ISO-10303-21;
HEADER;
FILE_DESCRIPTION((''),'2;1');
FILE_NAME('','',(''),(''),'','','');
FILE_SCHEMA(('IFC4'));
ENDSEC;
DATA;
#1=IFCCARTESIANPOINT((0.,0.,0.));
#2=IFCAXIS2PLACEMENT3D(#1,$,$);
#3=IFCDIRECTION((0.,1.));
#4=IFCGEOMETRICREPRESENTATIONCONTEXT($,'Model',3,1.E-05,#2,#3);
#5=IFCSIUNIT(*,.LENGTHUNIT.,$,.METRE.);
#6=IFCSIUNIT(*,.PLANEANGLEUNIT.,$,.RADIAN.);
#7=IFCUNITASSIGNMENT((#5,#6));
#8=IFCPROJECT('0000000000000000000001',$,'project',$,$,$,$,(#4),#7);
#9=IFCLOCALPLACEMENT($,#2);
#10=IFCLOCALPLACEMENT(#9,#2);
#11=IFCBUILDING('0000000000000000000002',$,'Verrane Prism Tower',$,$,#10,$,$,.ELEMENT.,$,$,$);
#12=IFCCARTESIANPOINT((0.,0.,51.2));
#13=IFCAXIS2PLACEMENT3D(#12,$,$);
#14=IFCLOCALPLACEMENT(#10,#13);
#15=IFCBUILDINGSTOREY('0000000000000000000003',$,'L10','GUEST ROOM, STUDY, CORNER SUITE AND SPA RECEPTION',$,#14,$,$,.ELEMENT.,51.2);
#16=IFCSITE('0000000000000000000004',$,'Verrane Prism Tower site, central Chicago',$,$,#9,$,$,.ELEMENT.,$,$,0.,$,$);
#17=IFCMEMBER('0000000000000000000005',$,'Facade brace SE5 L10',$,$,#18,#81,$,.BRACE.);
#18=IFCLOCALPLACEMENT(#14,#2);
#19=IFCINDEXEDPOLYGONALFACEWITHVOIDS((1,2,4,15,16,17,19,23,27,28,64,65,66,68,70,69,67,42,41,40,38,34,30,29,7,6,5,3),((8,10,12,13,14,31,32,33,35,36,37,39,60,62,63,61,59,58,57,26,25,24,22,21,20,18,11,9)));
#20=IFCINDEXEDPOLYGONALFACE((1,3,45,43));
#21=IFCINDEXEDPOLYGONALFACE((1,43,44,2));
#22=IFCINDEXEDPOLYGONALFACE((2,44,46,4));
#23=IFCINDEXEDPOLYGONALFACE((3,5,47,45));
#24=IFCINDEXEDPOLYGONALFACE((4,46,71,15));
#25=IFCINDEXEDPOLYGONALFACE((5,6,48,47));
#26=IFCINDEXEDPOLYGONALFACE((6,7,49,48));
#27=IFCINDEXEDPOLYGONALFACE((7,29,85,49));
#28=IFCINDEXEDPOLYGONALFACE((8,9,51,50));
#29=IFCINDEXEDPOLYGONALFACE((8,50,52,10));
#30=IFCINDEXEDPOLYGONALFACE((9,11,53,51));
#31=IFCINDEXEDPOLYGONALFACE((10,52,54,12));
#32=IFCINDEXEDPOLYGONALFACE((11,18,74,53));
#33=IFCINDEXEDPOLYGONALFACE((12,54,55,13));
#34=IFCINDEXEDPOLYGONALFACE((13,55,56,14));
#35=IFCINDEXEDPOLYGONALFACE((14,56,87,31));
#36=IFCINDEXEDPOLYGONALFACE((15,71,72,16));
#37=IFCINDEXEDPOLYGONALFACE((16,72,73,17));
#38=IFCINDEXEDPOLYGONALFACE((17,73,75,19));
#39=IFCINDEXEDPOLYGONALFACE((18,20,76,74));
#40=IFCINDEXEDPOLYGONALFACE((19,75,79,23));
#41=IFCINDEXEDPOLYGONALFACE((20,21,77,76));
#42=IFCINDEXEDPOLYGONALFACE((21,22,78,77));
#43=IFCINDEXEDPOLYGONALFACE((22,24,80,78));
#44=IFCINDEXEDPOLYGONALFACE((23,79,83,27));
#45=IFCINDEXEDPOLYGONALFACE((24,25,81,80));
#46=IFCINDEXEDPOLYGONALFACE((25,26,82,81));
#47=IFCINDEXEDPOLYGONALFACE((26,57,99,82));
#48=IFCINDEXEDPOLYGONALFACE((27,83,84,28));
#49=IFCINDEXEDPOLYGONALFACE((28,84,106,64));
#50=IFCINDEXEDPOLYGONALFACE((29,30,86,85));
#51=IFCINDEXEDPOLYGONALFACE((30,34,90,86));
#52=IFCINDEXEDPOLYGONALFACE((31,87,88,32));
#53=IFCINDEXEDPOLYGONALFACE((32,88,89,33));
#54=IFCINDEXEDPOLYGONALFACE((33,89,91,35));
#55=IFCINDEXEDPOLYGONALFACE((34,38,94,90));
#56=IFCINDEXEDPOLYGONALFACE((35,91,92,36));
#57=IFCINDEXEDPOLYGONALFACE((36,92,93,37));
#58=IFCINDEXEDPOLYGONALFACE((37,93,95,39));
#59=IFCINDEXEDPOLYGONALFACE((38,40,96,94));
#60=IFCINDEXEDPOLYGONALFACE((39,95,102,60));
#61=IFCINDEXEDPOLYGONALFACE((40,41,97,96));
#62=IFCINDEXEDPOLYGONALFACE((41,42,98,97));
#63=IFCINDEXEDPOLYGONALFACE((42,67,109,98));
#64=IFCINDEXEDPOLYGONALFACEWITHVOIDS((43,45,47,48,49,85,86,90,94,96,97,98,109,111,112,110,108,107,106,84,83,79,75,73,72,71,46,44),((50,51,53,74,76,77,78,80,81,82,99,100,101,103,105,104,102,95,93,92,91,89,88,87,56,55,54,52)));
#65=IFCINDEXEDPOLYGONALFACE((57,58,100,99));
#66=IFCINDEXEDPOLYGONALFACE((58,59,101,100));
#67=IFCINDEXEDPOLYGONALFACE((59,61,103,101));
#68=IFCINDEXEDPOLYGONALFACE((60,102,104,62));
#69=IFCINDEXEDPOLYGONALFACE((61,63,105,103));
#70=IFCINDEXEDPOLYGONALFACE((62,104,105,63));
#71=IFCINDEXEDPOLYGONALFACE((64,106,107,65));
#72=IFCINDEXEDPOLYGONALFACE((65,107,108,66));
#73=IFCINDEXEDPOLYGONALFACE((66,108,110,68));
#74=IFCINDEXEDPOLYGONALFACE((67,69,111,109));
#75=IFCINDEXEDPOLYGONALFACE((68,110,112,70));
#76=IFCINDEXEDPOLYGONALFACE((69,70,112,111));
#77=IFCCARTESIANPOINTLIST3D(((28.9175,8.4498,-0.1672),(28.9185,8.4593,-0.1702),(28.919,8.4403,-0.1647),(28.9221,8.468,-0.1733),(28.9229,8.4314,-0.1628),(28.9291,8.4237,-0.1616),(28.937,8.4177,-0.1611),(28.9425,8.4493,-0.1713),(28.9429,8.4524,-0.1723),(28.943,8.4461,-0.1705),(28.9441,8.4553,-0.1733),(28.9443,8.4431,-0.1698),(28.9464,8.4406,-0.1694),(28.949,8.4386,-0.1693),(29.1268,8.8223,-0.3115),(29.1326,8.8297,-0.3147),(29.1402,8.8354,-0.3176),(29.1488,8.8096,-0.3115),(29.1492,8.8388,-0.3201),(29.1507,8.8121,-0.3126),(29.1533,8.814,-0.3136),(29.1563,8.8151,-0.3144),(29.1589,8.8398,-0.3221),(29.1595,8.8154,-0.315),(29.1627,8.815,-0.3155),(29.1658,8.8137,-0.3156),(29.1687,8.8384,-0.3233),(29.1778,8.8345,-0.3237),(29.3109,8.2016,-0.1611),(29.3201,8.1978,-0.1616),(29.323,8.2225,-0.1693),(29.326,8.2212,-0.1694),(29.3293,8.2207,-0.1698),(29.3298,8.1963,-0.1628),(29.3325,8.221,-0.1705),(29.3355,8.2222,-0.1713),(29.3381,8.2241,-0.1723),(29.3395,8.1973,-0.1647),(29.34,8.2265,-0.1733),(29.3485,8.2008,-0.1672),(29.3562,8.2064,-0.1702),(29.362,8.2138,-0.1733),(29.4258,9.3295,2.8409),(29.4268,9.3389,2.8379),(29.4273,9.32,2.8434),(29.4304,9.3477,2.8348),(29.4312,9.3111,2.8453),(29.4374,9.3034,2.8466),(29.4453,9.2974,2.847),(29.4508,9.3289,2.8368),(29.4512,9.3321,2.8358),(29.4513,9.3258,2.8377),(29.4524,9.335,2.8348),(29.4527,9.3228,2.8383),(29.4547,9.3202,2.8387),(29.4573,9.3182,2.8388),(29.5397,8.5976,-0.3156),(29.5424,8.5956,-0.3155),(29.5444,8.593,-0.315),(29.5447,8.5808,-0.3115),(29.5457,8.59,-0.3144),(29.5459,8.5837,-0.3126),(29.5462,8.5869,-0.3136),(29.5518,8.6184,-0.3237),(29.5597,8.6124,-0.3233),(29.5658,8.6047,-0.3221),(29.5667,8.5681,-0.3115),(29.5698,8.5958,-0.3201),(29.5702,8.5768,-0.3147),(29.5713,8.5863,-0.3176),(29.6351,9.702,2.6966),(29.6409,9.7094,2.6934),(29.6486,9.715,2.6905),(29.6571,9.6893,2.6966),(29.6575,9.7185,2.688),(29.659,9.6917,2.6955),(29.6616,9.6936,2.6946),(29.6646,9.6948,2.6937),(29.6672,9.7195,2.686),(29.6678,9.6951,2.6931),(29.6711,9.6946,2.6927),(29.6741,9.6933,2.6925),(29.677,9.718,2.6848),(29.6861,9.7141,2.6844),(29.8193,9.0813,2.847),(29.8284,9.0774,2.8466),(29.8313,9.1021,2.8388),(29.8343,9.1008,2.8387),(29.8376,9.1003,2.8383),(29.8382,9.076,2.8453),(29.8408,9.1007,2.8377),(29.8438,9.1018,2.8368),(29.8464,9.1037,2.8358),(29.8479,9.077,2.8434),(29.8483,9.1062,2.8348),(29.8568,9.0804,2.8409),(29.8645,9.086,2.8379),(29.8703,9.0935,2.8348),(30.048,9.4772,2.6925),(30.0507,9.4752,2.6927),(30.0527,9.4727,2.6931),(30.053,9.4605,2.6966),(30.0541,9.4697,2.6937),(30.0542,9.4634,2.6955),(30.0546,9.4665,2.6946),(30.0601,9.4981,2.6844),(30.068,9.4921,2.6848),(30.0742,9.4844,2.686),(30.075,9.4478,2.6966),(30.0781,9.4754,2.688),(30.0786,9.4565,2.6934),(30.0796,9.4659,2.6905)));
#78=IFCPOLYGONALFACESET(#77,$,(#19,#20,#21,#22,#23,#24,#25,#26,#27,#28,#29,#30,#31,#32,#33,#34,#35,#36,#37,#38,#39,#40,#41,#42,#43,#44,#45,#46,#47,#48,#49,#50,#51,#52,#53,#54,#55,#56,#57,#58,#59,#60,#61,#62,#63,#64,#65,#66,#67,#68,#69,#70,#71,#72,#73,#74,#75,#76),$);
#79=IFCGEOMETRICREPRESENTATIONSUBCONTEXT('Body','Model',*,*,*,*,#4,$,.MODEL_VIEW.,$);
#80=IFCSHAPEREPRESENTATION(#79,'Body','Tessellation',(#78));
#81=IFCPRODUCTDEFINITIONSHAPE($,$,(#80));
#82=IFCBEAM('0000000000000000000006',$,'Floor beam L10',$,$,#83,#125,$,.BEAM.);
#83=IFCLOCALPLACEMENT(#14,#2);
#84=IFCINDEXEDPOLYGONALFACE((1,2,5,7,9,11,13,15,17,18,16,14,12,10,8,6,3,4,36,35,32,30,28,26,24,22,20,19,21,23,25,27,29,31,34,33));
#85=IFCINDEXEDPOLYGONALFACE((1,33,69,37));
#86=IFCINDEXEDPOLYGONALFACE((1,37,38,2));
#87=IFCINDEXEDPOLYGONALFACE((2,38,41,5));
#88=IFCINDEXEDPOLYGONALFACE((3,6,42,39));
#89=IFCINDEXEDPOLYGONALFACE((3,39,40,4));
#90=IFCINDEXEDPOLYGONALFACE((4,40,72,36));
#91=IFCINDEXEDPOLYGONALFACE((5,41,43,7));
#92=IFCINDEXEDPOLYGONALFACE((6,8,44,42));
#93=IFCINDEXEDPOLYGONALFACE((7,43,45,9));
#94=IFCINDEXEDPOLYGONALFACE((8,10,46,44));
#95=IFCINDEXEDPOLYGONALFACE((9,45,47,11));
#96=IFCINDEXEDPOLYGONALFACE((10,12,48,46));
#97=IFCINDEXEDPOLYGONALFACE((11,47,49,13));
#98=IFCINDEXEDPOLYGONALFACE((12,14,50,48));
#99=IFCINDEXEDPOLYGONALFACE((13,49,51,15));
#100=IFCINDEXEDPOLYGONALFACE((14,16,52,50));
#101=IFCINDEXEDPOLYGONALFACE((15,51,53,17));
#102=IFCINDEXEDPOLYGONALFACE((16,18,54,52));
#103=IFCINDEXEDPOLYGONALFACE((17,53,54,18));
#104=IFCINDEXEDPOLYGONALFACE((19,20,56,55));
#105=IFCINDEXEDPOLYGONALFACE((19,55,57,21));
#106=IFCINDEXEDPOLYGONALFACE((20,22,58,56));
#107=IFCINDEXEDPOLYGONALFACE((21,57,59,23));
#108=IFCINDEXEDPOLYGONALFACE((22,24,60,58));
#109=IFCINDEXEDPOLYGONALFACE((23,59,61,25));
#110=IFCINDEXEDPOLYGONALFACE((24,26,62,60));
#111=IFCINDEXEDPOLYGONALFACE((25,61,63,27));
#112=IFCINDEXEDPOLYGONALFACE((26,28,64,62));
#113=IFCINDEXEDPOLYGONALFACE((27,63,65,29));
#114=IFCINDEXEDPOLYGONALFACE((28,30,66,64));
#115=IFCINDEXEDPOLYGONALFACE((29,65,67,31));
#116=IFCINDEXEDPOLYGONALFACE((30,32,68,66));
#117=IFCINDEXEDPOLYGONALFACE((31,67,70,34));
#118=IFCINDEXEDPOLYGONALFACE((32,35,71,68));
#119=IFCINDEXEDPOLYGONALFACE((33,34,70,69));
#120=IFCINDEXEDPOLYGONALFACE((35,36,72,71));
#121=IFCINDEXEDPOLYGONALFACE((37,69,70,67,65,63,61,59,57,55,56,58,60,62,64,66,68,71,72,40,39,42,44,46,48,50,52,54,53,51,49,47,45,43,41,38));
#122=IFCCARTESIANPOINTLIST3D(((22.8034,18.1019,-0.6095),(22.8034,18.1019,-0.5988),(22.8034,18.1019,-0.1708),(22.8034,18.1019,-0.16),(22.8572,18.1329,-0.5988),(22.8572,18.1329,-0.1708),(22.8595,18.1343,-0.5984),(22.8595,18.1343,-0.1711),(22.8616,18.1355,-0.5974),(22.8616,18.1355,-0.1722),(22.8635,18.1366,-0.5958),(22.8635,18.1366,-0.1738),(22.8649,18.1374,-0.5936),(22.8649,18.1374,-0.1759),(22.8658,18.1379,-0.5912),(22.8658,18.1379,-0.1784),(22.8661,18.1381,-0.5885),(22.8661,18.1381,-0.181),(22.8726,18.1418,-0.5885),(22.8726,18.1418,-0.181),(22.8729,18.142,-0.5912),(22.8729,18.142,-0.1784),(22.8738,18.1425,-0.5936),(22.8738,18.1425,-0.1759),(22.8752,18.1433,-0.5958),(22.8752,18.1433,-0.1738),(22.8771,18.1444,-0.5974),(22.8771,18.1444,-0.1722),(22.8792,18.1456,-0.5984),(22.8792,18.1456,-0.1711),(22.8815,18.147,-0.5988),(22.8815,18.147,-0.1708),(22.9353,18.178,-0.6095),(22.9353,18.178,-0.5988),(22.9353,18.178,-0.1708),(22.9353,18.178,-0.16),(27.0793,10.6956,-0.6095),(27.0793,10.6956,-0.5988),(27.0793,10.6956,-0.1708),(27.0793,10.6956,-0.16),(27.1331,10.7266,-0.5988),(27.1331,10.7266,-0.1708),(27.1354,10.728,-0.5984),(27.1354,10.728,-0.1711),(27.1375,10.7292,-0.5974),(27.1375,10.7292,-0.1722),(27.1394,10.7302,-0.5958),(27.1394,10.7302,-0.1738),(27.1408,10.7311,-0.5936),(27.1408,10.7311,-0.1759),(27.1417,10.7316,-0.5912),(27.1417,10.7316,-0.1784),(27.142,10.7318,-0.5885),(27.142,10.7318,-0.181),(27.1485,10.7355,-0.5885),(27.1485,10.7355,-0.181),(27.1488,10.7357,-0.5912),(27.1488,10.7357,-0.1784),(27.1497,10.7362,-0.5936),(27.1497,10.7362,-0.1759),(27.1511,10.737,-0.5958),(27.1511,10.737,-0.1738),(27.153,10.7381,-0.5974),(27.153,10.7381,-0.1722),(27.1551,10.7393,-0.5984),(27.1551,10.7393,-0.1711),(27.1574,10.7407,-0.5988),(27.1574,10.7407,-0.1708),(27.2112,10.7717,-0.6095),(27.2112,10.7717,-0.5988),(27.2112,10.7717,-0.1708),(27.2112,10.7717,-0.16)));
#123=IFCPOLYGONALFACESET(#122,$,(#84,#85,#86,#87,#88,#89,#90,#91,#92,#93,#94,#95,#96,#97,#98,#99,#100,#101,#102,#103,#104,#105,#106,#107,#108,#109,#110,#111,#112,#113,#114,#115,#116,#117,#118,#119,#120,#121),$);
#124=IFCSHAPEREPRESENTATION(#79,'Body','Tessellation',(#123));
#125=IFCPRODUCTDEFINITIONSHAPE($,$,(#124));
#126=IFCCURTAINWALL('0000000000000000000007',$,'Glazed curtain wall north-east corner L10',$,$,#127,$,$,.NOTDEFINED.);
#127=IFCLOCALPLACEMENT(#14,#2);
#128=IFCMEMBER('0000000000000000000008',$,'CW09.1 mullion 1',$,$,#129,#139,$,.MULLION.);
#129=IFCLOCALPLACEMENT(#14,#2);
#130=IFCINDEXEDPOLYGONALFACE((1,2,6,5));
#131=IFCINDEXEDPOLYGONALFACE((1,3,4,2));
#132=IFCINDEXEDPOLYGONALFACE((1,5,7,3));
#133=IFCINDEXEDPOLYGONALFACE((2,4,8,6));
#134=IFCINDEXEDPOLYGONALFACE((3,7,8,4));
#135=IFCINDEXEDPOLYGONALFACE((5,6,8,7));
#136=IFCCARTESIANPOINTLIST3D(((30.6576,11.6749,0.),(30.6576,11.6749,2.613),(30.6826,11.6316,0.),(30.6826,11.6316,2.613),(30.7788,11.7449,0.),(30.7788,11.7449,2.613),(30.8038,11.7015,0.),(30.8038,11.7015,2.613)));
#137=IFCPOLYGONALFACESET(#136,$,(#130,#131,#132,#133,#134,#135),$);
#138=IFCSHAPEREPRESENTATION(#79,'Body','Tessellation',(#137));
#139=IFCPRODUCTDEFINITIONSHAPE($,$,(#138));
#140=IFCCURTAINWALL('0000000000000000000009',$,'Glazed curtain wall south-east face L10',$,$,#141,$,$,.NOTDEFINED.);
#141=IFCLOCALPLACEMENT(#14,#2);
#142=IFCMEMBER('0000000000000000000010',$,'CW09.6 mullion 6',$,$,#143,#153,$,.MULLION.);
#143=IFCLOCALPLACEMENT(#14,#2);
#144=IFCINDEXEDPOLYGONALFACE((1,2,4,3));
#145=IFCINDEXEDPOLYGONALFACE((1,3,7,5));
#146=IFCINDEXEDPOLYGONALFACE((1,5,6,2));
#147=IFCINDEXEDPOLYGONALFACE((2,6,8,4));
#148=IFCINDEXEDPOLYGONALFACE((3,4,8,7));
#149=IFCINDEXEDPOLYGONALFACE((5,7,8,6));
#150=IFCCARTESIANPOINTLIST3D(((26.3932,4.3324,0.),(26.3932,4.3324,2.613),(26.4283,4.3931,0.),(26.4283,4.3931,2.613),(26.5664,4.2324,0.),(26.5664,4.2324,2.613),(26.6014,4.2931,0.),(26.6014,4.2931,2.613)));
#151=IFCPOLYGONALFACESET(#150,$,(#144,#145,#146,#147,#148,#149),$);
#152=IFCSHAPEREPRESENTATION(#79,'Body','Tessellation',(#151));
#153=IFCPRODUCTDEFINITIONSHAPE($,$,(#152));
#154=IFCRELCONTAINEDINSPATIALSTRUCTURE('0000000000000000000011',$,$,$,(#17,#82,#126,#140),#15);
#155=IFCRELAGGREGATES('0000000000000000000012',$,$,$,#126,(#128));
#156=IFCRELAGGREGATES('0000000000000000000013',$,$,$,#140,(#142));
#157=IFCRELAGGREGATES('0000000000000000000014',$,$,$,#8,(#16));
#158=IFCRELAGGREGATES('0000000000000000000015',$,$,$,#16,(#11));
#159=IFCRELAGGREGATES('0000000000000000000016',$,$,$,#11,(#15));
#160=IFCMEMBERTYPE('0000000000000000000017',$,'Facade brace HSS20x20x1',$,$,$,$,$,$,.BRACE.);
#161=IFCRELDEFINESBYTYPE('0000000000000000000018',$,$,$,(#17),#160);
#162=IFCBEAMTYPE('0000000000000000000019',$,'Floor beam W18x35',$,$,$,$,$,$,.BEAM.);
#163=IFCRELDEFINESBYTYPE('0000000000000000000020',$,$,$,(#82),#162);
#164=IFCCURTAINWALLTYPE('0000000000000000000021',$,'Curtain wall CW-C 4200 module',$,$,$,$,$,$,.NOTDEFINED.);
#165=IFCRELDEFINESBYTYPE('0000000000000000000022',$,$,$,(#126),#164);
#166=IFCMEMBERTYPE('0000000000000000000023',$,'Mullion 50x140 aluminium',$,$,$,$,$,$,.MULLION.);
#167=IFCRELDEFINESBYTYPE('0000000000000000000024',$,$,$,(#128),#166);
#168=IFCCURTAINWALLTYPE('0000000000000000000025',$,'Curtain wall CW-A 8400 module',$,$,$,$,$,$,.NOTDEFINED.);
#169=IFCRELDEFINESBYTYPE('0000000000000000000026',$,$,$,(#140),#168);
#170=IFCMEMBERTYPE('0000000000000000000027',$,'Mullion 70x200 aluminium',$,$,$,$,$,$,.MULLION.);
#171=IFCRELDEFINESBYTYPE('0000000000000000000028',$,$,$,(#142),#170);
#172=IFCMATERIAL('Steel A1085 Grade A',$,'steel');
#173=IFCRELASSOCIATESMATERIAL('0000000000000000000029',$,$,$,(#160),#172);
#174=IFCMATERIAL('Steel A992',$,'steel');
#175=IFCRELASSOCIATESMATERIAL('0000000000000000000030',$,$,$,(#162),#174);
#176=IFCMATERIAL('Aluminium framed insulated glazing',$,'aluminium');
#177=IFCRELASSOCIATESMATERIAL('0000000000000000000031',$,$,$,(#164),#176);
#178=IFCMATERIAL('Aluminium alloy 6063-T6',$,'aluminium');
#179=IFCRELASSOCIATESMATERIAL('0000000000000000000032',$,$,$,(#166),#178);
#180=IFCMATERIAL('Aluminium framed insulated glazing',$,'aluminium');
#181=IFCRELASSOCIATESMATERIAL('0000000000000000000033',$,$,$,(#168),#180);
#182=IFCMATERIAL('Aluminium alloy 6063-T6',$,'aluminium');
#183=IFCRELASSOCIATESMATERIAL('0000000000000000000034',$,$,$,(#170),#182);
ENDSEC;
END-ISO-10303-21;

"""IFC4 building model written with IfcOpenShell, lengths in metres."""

from ifc_helpers import new_model, si_unit, direction, frame, origin, origin_2d, place, context, subcontext, project, spatial, rectangle, hollow_rectangle, i_section, extrude, material, material_profile, profile_set, type_object, element, aggregate, save


model = new_model("IFC4")

# Units and contexts
model_context = context("Model", 3, precision=1e-05, world=origin(), true_north=direction((0.0, 1.0)))
body_context = subcontext(model_context, "Body", "Model", "MODEL_VIEW")
ifc_project = project(units=[si_unit("LENGTHUNIT", "METRE"), si_unit("PLANEANGLEUNIT", "RADIAN")], contexts=[model_context])

# Site, building, storey
site_placement = place(None, origin())
site = spatial("IfcSite", under=ifc_project, at=site_placement, Name="Verrane Prism Tower site, central Chicago", CompositionType="ELEMENT", RefElevation=0.0)
building_placement = place(site_placement, origin())
building = spatial("IfcBuilding", under=site, at=building_placement, Name="Verrane Prism Tower", CompositionType="ELEMENT")
storey_placement = place(building_placement, frame((0.0, 0.0, 51.2)))
storey = spatial("IfcBuildingStorey", under=building, at=storey_placement, Name="L10", Description="GUEST ROOM, STUDY, CORNER SUITE AND SPA RECEPTION", CompositionType="ELEMENT", Elevation=51.2)

# Member
ifc_material_1 = material(Name="Steel A1085 Grade A", Category="steel")
ifc_material_profile_1 = material_profile(ifc_material_1, hollow_rectangle(XDim=0.5081, YDim=0.5081, WallThickness=0.0254, InnerFilletRadius=0.0127, OuterFilletRadius=0.0381, at=origin_2d()), Name="HSS20x20x1")
ifc_profile_set_1 = profile_set([ifc_material_profile_1], Name="Steel A1085 Grade A")
member_type_1 = type_object("IfcMemberType", Name="Facade brace HSS20x20x1", PredefinedType="BRACE", material=ifc_profile_set_1)
member_1_placement = place(storey_placement, frame((29.2444, 8.5181, -0.2424), z_axis=(0.160095, 0.277053, 0.947423), x_axis=(-0.865837, 0.500326, 0.0)))
element("IfcMember", 1, at=member_1_placement, inside=storey, type_object=member_type_1, Name="Facade brace SE5 L10", PredefinedType="BRACE", context=body_context, shape_type="SweptSolid", body=[
    extrude(hollow_rectangle(XDim=0.5081, YDim=0.5081, WallThickness=0.0254, InnerFilletRadius=0.0127, OuterFilletRadius=0.0381, at=origin_2d()), origin(), (0.0, 0.0, 1.0), 3.175),
])

# Beam
ifc_material_2 = material(Name="Steel A992", Category="steel")
ifc_material_profile_2 = material_profile(ifc_material_2, i_section(OverallWidth=0.1523, OverallDepth=0.4495, WebThickness=0.0076, FlangeThickness=0.0107, FilletRadius=0.0103, at=origin_2d()), Name="W18x35")
ifc_profile_set_2 = profile_set([ifc_material_profile_2], Name="Steel A992")
beam_type_1 = type_object("IfcBeamType", Name="Floor beam W18x35", PredefinedType="BEAM", material=ifc_profile_set_2)
beam_1_placement = place(storey_placement, frame((27.1453, 10.7336, -0.3848), z_axis=(-0.499989, 0.866032, 0.0), x_axis=(-0.866032, -0.499989, 0.0)))
element("IfcBeam", 2, at=beam_1_placement, inside=storey, type_object=beam_type_1, Name="Floor beam L10", PredefinedType="BEAM", context=body_context, shape_type="SweptSolid", body=[
    extrude(i_section(OverallWidth=0.1523, OverallDepth=0.4495, WebThickness=0.0076, FlangeThickness=0.0107, FilletRadius=0.0103, at=origin_2d()), origin(), (0.0, 0.0, 1.0), 8.552),
])

# Curtain walls, members
ifc_material_3 = material(Name="Aluminium framed insulated glazing", Category="aluminium")
curtain_wall_type_1 = type_object("IfcCurtainWallType", Name="Curtain wall CW-C 4200 module", PredefinedType="NOTDEFINED", material=ifc_material_3)
curtain_wall_1_placement = place(storey_placement, origin())
curtain_wall_1 = element("IfcCurtainWall", 3, at=curtain_wall_1_placement, inside=storey, type_object=curtain_wall_type_1, Name="Glazed curtain wall north-east corner L10", PredefinedType="NOTDEFINED")
ifc_material_4 = material(Name="Aluminium alloy 6063-T6", Category="aluminium")
ifc_material_profile_3 = material_profile(ifc_material_4, rectangle(XDim=0.1399, YDim=0.05, at=origin_2d()), Name="Mullion 50x140 aluminium")
ifc_profile_set_3 = profile_set([ifc_material_profile_3], Name="Aluminium alloy 6063-T6")
member_type_2 = type_object("IfcMemberType", Name="Mullion 50x140 aluminium", PredefinedType="MULLION", material=ifc_profile_set_3)
member_2_placement = place(storey_placement, frame((30.7307, 11.6882, 0.0), z_axis=(0.0, 0.0, 1.0), x_axis=(-0.866026, -0.499999, 0.0)))
member_2 = element("IfcMember", 4, at=member_2_placement, type_object=member_type_2, Name="CW09.1 mullion 1", PredefinedType="MULLION", context=body_context, shape_type="SweptSolid", body=[
    extrude(rectangle(XDim=0.1399, YDim=0.05, at=origin_2d()), origin(), (0.0, 0.0, 1.0), 2.613),
])
ifc_material_5 = material(Name="Aluminium framed insulated glazing", Category="aluminium")
curtain_wall_type_2 = type_object("IfcCurtainWallType", Name="Curtain wall CW-A 8400 module", PredefinedType="NOTDEFINED", material=ifc_material_5)
curtain_wall_2_placement = place(storey_placement, origin())
curtain_wall_2 = element("IfcCurtainWall", 5, at=curtain_wall_2_placement, inside=storey, type_object=curtain_wall_type_2, Name="Glazed curtain wall south-east face L10", PredefinedType="NOTDEFINED")
ifc_material_6 = material(Name="Aluminium alloy 6063-T6", Category="aluminium")
ifc_material_profile_4 = material_profile(ifc_material_6, rectangle(XDim=0.2, YDim=0.0701, at=origin_2d()), Name="Mullion 70x200 aluminium")
ifc_profile_set_4 = profile_set([ifc_material_profile_4], Name="Aluminium alloy 6063-T6")
member_type_3 = type_object("IfcMemberType", Name="Mullion 70x200 aluminium", PredefinedType="MULLION", material=ifc_profile_set_4)
member_3_placement = place(storey_placement, frame((26.4973, 4.3127, 0.0), z_axis=(0.0, 0.0, 1.0), x_axis=(-0.866026, 0.499999, 0.0)))
member_3 = element("IfcMember", 6, at=member_3_placement, type_object=member_type_3, Name="CW09.6 mullion 6", PredefinedType="MULLION", context=body_context, shape_type="SweptSolid", body=[
    extrude(rectangle(XDim=0.2, YDim=0.0701, at=origin_2d()), origin(), (0.0, 0.0, 1.0), 2.613),
])

aggregate(curtain_wall_1, [member_2])

aggregate(curtain_wall_2, [member_3])

save(model, "model.ifc")
